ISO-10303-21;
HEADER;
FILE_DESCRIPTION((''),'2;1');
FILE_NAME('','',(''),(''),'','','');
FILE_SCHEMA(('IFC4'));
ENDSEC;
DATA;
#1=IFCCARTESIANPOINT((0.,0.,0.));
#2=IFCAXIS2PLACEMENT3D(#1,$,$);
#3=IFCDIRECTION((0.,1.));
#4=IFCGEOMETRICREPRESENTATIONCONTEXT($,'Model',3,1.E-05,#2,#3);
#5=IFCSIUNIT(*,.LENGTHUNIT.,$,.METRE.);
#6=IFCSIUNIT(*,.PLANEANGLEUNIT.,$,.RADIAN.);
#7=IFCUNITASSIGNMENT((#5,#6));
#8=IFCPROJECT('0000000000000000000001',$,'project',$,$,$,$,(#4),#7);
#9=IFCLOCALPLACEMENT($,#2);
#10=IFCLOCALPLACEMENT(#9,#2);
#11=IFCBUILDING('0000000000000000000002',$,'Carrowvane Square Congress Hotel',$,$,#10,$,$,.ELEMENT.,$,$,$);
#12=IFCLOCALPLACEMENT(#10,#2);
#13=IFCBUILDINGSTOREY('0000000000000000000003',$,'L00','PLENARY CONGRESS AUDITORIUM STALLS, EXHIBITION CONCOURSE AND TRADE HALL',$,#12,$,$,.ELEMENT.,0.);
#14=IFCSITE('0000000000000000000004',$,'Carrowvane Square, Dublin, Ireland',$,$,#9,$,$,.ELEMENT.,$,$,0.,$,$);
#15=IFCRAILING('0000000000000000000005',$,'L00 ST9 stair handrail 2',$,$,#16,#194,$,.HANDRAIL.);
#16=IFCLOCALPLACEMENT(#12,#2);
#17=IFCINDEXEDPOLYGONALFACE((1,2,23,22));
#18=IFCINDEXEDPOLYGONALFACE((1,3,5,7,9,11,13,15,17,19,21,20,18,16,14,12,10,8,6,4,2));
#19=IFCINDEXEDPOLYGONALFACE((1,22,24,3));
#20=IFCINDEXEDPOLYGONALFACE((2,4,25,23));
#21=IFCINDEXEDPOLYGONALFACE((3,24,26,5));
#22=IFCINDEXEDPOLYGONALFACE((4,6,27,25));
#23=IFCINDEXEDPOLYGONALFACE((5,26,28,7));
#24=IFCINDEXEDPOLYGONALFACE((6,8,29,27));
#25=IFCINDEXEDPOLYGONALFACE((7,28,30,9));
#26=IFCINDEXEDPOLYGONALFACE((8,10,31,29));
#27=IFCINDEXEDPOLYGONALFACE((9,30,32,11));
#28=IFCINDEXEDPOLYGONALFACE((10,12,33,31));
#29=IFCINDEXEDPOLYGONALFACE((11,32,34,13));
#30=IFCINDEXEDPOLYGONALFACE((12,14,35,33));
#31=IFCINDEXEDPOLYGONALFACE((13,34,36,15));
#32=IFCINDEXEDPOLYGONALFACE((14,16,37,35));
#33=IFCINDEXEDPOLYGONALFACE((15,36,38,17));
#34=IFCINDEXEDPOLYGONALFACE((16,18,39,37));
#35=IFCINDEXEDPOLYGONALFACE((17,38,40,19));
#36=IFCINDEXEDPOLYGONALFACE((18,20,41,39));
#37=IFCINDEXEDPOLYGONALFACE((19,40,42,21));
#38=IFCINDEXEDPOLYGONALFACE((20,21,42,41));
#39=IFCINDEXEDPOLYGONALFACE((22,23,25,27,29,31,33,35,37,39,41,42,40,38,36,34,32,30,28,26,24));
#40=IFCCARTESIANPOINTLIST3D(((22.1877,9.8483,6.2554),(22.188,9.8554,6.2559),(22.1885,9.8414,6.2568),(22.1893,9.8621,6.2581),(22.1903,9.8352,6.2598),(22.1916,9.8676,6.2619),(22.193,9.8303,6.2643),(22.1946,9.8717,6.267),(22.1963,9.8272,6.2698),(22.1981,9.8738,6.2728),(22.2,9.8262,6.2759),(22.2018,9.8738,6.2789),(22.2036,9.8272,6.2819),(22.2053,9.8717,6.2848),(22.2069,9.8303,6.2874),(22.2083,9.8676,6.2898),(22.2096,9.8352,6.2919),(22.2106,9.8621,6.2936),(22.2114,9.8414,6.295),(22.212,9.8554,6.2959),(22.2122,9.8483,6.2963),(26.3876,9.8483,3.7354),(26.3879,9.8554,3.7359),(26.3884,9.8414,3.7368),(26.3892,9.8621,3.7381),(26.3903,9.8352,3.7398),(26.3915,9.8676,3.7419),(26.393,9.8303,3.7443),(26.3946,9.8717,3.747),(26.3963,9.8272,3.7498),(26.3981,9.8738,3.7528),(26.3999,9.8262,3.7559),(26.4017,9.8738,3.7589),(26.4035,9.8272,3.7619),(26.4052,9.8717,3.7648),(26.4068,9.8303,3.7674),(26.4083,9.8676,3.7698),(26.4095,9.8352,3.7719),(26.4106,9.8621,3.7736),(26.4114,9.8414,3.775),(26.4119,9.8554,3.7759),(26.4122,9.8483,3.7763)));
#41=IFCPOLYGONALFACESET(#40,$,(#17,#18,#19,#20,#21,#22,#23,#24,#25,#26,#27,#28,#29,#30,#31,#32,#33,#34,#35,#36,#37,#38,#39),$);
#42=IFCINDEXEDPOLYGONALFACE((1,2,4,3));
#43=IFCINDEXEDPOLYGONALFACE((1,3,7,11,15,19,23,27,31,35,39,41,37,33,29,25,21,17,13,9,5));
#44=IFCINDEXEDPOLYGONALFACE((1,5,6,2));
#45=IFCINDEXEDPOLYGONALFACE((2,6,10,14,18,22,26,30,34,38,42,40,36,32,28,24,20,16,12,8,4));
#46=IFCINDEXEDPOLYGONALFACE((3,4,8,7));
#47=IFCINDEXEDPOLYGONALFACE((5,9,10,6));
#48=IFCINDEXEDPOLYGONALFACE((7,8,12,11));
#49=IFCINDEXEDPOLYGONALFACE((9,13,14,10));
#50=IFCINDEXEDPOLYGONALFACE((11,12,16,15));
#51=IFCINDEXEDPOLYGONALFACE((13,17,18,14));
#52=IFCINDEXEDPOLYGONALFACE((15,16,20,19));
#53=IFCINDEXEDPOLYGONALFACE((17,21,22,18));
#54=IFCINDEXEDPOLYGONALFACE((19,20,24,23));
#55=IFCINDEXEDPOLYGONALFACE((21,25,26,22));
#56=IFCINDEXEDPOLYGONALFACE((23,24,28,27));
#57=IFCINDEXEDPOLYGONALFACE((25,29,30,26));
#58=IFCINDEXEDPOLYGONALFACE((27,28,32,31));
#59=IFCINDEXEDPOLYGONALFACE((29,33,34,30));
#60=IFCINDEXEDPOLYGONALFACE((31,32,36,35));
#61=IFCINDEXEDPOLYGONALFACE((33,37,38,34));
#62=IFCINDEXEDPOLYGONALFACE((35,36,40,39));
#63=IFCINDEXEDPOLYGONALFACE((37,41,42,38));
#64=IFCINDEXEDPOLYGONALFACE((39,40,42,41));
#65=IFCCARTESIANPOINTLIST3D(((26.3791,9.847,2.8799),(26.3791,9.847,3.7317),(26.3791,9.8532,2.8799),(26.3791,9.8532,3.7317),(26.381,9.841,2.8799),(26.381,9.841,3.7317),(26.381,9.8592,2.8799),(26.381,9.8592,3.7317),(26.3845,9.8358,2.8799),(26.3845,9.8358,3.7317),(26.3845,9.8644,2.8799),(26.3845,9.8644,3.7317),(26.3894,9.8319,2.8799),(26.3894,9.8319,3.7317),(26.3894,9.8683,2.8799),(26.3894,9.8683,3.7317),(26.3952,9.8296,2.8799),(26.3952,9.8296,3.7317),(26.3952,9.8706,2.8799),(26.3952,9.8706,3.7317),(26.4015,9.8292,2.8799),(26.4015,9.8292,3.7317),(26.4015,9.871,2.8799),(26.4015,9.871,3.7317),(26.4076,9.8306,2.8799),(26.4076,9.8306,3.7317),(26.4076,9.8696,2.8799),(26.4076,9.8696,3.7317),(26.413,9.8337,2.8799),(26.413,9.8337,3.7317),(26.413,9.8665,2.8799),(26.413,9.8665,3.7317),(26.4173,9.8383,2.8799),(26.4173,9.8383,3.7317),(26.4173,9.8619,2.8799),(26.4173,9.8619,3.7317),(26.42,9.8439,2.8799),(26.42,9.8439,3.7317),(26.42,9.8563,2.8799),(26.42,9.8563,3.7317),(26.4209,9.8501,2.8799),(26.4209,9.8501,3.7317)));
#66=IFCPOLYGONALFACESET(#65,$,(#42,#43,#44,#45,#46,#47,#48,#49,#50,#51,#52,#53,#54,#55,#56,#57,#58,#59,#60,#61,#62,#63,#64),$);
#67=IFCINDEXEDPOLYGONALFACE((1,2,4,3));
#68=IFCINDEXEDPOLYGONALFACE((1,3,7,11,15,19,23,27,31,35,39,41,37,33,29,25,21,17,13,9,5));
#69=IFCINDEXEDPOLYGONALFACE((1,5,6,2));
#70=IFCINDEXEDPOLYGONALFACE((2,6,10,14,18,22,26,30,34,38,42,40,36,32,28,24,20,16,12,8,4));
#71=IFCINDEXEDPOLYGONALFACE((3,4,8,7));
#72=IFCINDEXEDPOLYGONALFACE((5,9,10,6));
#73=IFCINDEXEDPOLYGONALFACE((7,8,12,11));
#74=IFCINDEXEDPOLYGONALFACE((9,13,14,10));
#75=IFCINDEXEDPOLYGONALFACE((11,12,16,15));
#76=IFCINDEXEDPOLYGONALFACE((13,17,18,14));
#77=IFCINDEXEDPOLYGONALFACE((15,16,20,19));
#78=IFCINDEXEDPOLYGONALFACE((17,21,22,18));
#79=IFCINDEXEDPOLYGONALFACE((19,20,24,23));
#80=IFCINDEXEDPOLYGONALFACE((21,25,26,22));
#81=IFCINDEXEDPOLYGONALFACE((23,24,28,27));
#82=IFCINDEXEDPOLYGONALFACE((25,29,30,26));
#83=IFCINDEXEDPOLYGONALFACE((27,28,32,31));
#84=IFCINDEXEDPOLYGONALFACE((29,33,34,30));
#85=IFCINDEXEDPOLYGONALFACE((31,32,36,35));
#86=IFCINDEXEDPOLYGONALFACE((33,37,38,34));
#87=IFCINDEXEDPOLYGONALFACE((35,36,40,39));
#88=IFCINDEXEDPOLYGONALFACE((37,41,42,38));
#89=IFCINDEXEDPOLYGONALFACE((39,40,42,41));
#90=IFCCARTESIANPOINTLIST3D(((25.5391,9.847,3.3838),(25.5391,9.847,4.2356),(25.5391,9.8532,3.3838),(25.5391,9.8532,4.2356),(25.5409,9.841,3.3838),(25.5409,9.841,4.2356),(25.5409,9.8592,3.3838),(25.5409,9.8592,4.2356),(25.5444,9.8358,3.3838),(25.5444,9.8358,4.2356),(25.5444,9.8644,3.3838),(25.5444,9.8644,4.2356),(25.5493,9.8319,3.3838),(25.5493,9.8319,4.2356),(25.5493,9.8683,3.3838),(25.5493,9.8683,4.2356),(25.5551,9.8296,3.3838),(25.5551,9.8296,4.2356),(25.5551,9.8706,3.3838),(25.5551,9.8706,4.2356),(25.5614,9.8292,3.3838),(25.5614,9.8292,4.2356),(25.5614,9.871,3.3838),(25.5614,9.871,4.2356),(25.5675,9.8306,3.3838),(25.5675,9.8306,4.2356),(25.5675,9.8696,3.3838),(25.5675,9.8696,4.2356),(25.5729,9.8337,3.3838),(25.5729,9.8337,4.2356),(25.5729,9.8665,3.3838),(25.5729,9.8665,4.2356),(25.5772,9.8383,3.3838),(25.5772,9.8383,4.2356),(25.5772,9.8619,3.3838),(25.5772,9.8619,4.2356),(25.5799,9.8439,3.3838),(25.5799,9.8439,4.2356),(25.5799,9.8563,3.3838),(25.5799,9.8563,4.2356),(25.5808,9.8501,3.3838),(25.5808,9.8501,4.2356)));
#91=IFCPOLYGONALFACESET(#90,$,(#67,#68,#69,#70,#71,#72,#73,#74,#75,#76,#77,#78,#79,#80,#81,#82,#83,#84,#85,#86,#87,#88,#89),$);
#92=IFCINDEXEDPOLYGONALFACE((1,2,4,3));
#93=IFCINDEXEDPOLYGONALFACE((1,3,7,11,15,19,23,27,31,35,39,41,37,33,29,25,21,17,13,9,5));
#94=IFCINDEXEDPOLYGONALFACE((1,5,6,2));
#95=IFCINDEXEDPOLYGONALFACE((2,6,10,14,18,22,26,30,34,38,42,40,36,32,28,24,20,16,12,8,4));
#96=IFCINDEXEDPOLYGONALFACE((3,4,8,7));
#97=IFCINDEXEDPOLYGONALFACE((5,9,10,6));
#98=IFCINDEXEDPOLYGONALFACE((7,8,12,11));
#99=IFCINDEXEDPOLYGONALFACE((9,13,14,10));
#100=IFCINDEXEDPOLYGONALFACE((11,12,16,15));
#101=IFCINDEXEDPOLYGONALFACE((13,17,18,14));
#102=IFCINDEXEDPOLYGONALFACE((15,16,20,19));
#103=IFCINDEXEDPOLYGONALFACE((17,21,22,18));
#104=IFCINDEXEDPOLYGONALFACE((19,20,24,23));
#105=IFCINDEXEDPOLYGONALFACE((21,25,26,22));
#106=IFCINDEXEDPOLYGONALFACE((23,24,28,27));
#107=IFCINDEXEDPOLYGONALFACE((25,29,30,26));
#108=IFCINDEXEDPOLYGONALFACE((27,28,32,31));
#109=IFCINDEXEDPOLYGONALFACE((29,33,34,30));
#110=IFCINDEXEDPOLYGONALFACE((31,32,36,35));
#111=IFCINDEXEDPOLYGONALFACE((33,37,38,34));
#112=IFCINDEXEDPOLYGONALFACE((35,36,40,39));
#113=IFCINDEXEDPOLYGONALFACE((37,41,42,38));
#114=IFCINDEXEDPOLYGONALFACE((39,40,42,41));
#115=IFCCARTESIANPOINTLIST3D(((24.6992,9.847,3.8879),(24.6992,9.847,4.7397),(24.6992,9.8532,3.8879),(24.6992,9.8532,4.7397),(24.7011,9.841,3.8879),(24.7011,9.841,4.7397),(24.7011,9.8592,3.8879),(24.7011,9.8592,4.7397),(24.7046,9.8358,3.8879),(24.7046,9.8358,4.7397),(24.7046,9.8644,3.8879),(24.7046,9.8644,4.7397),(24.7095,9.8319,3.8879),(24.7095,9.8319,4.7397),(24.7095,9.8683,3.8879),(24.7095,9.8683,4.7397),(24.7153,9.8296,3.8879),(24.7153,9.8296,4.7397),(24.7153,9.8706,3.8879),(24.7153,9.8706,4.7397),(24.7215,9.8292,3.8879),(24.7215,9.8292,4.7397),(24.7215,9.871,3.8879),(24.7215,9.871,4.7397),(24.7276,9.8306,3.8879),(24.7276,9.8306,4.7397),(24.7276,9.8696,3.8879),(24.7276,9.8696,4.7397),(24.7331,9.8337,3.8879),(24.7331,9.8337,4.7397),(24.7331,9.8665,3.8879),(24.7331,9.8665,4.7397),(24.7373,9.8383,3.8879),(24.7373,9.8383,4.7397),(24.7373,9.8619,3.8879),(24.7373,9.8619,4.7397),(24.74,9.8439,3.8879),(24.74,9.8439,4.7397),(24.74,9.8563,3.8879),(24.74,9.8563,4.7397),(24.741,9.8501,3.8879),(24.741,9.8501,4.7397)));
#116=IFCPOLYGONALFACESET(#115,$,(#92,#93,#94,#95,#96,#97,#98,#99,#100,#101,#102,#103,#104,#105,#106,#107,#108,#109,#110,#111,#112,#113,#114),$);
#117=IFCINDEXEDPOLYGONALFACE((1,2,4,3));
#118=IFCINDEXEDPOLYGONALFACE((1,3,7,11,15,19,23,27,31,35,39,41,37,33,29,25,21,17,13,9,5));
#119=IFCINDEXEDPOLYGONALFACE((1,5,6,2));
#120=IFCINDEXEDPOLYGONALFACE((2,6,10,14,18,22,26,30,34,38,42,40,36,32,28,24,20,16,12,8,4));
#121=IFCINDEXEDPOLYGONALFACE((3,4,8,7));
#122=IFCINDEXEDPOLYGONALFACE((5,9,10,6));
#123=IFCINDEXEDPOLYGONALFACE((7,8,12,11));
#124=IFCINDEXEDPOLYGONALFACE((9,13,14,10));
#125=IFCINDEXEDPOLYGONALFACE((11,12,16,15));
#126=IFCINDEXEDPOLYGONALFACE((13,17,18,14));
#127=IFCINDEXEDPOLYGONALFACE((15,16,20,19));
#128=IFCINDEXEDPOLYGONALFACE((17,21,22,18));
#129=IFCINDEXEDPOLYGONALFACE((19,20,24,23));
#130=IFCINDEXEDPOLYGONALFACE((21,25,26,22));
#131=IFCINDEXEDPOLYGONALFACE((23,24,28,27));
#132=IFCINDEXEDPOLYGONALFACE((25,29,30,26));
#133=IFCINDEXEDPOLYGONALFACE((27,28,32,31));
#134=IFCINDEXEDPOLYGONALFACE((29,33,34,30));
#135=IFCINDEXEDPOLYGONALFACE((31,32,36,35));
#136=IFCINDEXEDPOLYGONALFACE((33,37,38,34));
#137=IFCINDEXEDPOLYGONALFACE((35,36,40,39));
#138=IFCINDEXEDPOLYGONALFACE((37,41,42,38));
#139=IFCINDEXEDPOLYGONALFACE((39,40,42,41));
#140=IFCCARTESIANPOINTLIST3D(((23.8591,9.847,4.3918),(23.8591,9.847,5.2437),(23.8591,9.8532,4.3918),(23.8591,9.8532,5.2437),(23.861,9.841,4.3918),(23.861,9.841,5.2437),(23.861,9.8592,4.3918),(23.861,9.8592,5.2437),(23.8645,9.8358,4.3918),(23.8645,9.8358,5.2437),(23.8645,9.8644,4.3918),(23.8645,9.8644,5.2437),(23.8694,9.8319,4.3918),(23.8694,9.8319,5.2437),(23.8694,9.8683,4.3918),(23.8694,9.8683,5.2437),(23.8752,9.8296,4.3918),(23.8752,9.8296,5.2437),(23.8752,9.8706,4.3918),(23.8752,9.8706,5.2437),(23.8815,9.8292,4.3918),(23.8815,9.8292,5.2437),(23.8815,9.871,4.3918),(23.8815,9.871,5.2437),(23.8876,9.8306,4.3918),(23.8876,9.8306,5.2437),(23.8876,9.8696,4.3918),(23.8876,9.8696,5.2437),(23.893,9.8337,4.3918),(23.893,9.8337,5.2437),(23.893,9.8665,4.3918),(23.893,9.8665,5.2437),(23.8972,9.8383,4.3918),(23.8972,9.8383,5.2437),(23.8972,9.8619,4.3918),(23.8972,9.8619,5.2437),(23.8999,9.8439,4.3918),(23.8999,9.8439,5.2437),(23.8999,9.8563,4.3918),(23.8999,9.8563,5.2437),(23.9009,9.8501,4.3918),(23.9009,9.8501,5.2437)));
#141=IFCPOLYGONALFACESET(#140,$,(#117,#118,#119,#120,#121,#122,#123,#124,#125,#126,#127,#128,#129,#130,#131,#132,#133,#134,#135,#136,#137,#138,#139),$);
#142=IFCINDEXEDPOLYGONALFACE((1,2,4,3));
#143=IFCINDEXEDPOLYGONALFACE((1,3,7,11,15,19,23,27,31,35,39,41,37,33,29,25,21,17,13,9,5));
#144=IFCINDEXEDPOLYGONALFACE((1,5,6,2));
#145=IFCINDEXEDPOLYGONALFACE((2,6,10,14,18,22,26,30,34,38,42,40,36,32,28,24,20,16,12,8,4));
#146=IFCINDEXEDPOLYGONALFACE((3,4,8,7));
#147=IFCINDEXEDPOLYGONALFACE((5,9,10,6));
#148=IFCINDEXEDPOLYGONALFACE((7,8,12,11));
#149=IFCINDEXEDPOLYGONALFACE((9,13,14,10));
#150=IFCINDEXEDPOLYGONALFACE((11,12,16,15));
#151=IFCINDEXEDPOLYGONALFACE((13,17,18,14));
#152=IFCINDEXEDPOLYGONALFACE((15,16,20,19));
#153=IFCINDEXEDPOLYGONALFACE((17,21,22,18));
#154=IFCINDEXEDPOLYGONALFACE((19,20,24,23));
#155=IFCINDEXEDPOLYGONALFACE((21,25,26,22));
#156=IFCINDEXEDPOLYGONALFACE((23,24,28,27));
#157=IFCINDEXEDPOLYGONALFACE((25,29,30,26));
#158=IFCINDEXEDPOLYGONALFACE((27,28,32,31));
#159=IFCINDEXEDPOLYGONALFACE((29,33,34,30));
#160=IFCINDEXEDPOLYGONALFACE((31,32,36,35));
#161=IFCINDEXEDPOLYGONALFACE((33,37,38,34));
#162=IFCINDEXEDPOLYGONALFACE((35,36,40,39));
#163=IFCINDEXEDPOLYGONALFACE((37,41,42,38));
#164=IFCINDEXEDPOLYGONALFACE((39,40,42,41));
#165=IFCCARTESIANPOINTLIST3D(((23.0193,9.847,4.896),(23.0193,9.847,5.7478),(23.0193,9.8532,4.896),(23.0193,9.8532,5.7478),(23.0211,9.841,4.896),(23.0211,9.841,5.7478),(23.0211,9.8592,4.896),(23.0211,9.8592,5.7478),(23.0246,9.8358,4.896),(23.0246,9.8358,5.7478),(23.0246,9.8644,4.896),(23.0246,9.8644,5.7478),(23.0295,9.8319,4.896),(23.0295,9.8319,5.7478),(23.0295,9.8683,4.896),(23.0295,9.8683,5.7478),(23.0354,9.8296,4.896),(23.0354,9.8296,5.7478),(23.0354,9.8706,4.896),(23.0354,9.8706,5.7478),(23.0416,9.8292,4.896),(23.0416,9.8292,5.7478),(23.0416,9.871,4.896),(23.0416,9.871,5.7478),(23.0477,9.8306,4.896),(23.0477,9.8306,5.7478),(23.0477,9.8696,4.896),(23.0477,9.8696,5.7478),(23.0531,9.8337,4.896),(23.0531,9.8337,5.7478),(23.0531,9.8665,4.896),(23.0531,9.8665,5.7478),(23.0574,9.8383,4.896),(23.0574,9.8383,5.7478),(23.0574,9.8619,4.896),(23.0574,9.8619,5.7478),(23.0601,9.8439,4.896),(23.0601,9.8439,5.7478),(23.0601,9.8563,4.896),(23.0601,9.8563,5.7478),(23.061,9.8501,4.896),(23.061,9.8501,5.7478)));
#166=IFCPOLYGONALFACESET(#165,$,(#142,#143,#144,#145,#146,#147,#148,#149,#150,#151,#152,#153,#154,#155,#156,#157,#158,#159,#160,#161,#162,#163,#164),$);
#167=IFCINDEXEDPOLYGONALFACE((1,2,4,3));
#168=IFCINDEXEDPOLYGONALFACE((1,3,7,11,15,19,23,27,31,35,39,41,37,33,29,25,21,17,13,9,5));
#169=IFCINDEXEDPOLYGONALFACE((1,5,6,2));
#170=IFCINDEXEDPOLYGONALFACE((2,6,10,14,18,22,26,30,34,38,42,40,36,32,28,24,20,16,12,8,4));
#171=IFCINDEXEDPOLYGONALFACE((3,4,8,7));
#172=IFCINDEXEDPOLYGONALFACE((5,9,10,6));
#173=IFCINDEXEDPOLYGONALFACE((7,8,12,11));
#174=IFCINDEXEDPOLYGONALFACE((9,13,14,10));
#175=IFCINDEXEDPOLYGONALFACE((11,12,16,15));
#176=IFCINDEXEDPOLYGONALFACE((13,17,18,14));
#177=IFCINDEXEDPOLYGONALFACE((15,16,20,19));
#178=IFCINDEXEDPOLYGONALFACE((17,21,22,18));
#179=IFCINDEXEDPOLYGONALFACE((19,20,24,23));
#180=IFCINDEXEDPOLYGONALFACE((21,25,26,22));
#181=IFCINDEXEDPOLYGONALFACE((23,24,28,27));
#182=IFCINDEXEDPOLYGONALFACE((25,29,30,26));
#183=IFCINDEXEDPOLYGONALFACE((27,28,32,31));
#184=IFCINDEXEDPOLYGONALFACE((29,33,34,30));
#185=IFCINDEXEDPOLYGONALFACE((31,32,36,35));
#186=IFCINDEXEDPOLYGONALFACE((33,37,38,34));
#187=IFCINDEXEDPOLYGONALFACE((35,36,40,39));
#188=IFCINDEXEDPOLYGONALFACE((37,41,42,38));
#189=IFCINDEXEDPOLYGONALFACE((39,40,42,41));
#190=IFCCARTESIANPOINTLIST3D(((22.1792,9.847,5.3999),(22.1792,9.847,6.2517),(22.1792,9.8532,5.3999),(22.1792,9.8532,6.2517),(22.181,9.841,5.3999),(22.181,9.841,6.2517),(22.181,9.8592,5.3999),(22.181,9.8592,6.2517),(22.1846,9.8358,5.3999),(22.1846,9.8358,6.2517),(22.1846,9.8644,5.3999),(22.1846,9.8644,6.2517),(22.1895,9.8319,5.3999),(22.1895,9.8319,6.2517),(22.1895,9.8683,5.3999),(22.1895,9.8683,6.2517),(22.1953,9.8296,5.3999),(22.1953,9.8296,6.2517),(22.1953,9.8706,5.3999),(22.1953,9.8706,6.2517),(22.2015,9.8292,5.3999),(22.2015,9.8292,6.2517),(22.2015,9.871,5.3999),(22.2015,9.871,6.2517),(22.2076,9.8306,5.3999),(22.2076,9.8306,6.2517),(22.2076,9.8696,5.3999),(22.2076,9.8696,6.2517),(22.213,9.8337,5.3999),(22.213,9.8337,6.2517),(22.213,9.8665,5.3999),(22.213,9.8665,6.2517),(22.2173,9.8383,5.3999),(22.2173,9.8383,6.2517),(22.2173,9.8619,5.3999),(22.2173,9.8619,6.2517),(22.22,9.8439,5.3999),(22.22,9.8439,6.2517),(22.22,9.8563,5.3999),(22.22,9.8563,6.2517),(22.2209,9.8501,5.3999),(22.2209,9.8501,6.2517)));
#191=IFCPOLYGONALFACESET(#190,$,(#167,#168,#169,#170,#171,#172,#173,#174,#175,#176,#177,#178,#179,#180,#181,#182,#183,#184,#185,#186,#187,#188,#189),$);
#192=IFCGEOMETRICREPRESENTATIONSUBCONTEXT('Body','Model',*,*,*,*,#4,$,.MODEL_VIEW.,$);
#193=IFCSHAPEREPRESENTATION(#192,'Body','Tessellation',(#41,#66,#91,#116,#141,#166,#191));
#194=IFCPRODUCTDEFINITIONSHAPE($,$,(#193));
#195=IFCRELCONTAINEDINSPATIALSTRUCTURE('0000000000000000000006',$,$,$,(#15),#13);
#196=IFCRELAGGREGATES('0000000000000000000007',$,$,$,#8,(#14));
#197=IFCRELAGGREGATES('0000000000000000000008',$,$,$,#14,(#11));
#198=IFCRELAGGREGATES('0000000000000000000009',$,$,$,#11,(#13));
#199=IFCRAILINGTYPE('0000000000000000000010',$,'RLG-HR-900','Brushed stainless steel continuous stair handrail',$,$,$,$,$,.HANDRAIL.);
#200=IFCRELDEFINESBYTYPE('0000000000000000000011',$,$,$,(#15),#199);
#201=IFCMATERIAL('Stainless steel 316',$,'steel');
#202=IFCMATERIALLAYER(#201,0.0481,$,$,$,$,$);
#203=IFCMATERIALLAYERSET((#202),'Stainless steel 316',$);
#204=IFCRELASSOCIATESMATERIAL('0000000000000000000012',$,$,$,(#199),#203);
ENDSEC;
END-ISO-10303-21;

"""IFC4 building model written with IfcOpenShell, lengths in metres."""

from ifc_helpers import new_model, si_unit, direction, frame, origin, origin_2d, place, context, subcontext, project, spatial, circle, extrude, material, layer, layer_set, type_object, element, save


model = new_model("IFC4")

# Units and contexts
model_context = context("Model", 3, precision=1e-05, world=origin(), true_north=direction((0.0, 1.0)))
body_context = subcontext(model_context, "Body", "Model", "MODEL_VIEW")
ifc_project = project(units=[si_unit("LENGTHUNIT", "METRE"), si_unit("PLANEANGLEUNIT", "RADIAN")], contexts=[model_context])

# Site, building, storey
site_placement = place(None, origin())
site = spatial("IfcSite", under=ifc_project, at=site_placement, Name="Carrowvane Square, Dublin, Ireland", CompositionType="ELEMENT", RefElevation=0.0)
building_placement = place(site_placement, origin())
building = spatial("IfcBuilding", under=site, at=building_placement, Name="Carrowvane Square Congress Hotel", CompositionType="ELEMENT")
storey_placement = place(building_placement, origin())
storey = spatial("IfcBuildingStorey", under=building, at=storey_placement, Name="L00", Description="PLENARY CONGRESS AUDITORIUM STALLS, EXHIBITION CONCOURSE AND TRADE HALL", CompositionType="ELEMENT", Elevation=0.0)

# Railing
ifc_material_1 = material(Name="Stainless steel 316", Category="steel")
ifc_layer_1 = layer(ifc_material_1, 0.0481)
ifc_layer_set_1 = layer_set([ifc_layer_1], Name="Stainless steel 316")
railing_type_1 = type_object("IfcRailingType", Name="RLG-HR-900", Description="Brushed stainless steel continuous stair handrail", PredefinedType="HANDRAIL", material=ifc_layer_set_1)
railing_1_placement = place(storey_placement, frame((26.3999, 9.8501, 2.8799)))
element("IfcRailing", 1, at=railing_1_placement, inside=storey, type_object=railing_type_1, Name="L00 ST9 stair handrail 2", PredefinedType="HANDRAIL", context=body_context, shape_type="SweptSolid", body=[
    extrude(circle(Radius=0.0239, at=origin_2d()), frame((0.0, 0.0, 0.876), z_axis=(-0.857489, 0.0, 0.514503), x_axis=(0.0, -1.0, 0.0)), (0.0, 0.0, 1.0), 4.8979),
    extrude(circle(Radius=0.021, at=origin_2d()), origin(), (0.0, 0.0, 1.0), 0.8518),
    extrude(circle(Radius=0.021, at=origin_2d()), frame((-0.8401, 0.0, 0.5039)), (0.0, 0.0, 1.0), 0.8518),
    extrude(circle(Radius=0.021, at=origin_2d()), frame((-1.6799, 0.0, 1.0081)), (0.0, 0.0, 1.0), 0.8518),
    extrude(circle(Radius=0.021, at=origin_2d()), frame((-2.52, 0.0, 1.512)), (0.0, 0.0, 1.0), 0.8518),
    extrude(circle(Radius=0.021, at=origin_2d()), frame((-3.3599, 0.0, 2.0161)), (0.0, 0.0, 1.0), 0.8518),
    extrude(circle(Radius=0.021, at=origin_2d()), frame((-4.2, 0.0, 2.52)), (0.0, 0.0, 1.0), 0.8518),
])

save(model, "model.ifc")
